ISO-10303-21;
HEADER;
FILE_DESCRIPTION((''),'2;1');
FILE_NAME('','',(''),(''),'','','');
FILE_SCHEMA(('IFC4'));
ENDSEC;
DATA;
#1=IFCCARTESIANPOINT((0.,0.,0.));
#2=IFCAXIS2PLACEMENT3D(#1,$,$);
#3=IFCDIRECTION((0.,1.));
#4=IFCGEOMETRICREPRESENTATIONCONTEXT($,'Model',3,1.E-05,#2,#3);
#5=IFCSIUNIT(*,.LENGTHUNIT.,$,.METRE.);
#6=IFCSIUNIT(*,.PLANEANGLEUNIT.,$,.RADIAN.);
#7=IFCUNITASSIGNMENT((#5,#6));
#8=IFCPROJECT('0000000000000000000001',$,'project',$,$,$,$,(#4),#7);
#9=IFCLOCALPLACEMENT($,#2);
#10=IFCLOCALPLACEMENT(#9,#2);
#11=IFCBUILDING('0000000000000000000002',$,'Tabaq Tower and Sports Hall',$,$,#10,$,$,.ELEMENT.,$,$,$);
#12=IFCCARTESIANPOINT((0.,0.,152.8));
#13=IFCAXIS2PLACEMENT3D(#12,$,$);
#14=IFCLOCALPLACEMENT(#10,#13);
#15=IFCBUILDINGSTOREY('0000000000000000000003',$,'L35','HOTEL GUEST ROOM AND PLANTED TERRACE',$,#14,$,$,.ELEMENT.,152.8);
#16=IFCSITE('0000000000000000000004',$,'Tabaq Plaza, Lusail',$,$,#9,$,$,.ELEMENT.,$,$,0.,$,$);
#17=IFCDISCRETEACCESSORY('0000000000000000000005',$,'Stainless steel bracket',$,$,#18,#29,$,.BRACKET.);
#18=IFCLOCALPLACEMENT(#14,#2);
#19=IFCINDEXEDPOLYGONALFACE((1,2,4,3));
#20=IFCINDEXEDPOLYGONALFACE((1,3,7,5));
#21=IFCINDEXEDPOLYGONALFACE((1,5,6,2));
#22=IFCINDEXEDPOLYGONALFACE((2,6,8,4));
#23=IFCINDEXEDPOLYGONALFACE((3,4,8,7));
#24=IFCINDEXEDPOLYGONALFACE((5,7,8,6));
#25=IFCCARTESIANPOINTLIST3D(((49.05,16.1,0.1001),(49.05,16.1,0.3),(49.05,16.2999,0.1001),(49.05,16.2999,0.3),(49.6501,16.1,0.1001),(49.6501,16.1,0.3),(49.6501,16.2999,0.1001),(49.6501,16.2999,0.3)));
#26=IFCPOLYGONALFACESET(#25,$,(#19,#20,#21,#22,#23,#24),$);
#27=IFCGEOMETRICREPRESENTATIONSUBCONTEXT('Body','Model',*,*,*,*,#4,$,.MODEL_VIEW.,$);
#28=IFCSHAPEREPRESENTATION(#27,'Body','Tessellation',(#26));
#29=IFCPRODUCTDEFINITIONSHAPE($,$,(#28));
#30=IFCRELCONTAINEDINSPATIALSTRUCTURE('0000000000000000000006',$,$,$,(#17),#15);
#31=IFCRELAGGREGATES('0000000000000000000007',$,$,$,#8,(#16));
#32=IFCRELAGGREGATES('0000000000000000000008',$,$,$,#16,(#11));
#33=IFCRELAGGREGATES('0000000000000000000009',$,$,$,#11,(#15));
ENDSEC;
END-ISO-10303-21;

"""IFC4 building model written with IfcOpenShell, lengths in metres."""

from ifc_helpers import new_model, si_unit, direction, frame, origin, origin_2d, place, context, subcontext, project, spatial, rectangle, extrude, element, save


model = new_model("IFC4")

# Units and contexts
model_context = context("Model", 3, precision=1e-05, world=origin(), true_north=direction((0.0, 1.0)))
body_context = subcontext(model_context, "Body", "Model", "MODEL_VIEW")
ifc_project = project(units=[si_unit("LENGTHUNIT", "METRE"), si_unit("PLANEANGLEUNIT", "RADIAN")], contexts=[model_context])

# Site, building, storey
site_placement = place(None, origin())
site = spatial("IfcSite", under=ifc_project, at=site_placement, Name="Tabaq Plaza, Lusail", CompositionType="ELEMENT", RefElevation=0.0)
building_placement = place(site_placement, origin())
building = spatial("IfcBuilding", under=site, at=building_placement, Name="Tabaq Tower and Sports Hall", CompositionType="ELEMENT")
storey_placement = place(building_placement, frame((0.0, 0.0, 152.8)))
storey = spatial("IfcBuildingStorey", under=building, at=storey_placement, Name="L35", Description="HOTEL GUEST ROOM AND PLANTED TERRACE", CompositionType="ELEMENT", Elevation=152.8)

# Discrete accessory
for number, where, z_axis, x_axis, name in (
    (1, (49.3501, 16.2, 0.1001), (0.0, 0.0, 1.0), (1.0, 0.0, 0.0), "Stainless steel bracket"),
):
    element("IfcDiscreteAccessory", number, at=place(storey_placement, frame(where, z_axis=z_axis, x_axis=x_axis)), inside=storey, Name=name, PredefinedType="BRACKET", context=body_context, shape_type="SweptSolid", body=[
        extrude(rectangle(XDim=0.6001, YDim=0.2, at=origin_2d()), origin(), (0.0, 0.0, 1.0), 0.2),
    ])

save(model, "model.ifc")
